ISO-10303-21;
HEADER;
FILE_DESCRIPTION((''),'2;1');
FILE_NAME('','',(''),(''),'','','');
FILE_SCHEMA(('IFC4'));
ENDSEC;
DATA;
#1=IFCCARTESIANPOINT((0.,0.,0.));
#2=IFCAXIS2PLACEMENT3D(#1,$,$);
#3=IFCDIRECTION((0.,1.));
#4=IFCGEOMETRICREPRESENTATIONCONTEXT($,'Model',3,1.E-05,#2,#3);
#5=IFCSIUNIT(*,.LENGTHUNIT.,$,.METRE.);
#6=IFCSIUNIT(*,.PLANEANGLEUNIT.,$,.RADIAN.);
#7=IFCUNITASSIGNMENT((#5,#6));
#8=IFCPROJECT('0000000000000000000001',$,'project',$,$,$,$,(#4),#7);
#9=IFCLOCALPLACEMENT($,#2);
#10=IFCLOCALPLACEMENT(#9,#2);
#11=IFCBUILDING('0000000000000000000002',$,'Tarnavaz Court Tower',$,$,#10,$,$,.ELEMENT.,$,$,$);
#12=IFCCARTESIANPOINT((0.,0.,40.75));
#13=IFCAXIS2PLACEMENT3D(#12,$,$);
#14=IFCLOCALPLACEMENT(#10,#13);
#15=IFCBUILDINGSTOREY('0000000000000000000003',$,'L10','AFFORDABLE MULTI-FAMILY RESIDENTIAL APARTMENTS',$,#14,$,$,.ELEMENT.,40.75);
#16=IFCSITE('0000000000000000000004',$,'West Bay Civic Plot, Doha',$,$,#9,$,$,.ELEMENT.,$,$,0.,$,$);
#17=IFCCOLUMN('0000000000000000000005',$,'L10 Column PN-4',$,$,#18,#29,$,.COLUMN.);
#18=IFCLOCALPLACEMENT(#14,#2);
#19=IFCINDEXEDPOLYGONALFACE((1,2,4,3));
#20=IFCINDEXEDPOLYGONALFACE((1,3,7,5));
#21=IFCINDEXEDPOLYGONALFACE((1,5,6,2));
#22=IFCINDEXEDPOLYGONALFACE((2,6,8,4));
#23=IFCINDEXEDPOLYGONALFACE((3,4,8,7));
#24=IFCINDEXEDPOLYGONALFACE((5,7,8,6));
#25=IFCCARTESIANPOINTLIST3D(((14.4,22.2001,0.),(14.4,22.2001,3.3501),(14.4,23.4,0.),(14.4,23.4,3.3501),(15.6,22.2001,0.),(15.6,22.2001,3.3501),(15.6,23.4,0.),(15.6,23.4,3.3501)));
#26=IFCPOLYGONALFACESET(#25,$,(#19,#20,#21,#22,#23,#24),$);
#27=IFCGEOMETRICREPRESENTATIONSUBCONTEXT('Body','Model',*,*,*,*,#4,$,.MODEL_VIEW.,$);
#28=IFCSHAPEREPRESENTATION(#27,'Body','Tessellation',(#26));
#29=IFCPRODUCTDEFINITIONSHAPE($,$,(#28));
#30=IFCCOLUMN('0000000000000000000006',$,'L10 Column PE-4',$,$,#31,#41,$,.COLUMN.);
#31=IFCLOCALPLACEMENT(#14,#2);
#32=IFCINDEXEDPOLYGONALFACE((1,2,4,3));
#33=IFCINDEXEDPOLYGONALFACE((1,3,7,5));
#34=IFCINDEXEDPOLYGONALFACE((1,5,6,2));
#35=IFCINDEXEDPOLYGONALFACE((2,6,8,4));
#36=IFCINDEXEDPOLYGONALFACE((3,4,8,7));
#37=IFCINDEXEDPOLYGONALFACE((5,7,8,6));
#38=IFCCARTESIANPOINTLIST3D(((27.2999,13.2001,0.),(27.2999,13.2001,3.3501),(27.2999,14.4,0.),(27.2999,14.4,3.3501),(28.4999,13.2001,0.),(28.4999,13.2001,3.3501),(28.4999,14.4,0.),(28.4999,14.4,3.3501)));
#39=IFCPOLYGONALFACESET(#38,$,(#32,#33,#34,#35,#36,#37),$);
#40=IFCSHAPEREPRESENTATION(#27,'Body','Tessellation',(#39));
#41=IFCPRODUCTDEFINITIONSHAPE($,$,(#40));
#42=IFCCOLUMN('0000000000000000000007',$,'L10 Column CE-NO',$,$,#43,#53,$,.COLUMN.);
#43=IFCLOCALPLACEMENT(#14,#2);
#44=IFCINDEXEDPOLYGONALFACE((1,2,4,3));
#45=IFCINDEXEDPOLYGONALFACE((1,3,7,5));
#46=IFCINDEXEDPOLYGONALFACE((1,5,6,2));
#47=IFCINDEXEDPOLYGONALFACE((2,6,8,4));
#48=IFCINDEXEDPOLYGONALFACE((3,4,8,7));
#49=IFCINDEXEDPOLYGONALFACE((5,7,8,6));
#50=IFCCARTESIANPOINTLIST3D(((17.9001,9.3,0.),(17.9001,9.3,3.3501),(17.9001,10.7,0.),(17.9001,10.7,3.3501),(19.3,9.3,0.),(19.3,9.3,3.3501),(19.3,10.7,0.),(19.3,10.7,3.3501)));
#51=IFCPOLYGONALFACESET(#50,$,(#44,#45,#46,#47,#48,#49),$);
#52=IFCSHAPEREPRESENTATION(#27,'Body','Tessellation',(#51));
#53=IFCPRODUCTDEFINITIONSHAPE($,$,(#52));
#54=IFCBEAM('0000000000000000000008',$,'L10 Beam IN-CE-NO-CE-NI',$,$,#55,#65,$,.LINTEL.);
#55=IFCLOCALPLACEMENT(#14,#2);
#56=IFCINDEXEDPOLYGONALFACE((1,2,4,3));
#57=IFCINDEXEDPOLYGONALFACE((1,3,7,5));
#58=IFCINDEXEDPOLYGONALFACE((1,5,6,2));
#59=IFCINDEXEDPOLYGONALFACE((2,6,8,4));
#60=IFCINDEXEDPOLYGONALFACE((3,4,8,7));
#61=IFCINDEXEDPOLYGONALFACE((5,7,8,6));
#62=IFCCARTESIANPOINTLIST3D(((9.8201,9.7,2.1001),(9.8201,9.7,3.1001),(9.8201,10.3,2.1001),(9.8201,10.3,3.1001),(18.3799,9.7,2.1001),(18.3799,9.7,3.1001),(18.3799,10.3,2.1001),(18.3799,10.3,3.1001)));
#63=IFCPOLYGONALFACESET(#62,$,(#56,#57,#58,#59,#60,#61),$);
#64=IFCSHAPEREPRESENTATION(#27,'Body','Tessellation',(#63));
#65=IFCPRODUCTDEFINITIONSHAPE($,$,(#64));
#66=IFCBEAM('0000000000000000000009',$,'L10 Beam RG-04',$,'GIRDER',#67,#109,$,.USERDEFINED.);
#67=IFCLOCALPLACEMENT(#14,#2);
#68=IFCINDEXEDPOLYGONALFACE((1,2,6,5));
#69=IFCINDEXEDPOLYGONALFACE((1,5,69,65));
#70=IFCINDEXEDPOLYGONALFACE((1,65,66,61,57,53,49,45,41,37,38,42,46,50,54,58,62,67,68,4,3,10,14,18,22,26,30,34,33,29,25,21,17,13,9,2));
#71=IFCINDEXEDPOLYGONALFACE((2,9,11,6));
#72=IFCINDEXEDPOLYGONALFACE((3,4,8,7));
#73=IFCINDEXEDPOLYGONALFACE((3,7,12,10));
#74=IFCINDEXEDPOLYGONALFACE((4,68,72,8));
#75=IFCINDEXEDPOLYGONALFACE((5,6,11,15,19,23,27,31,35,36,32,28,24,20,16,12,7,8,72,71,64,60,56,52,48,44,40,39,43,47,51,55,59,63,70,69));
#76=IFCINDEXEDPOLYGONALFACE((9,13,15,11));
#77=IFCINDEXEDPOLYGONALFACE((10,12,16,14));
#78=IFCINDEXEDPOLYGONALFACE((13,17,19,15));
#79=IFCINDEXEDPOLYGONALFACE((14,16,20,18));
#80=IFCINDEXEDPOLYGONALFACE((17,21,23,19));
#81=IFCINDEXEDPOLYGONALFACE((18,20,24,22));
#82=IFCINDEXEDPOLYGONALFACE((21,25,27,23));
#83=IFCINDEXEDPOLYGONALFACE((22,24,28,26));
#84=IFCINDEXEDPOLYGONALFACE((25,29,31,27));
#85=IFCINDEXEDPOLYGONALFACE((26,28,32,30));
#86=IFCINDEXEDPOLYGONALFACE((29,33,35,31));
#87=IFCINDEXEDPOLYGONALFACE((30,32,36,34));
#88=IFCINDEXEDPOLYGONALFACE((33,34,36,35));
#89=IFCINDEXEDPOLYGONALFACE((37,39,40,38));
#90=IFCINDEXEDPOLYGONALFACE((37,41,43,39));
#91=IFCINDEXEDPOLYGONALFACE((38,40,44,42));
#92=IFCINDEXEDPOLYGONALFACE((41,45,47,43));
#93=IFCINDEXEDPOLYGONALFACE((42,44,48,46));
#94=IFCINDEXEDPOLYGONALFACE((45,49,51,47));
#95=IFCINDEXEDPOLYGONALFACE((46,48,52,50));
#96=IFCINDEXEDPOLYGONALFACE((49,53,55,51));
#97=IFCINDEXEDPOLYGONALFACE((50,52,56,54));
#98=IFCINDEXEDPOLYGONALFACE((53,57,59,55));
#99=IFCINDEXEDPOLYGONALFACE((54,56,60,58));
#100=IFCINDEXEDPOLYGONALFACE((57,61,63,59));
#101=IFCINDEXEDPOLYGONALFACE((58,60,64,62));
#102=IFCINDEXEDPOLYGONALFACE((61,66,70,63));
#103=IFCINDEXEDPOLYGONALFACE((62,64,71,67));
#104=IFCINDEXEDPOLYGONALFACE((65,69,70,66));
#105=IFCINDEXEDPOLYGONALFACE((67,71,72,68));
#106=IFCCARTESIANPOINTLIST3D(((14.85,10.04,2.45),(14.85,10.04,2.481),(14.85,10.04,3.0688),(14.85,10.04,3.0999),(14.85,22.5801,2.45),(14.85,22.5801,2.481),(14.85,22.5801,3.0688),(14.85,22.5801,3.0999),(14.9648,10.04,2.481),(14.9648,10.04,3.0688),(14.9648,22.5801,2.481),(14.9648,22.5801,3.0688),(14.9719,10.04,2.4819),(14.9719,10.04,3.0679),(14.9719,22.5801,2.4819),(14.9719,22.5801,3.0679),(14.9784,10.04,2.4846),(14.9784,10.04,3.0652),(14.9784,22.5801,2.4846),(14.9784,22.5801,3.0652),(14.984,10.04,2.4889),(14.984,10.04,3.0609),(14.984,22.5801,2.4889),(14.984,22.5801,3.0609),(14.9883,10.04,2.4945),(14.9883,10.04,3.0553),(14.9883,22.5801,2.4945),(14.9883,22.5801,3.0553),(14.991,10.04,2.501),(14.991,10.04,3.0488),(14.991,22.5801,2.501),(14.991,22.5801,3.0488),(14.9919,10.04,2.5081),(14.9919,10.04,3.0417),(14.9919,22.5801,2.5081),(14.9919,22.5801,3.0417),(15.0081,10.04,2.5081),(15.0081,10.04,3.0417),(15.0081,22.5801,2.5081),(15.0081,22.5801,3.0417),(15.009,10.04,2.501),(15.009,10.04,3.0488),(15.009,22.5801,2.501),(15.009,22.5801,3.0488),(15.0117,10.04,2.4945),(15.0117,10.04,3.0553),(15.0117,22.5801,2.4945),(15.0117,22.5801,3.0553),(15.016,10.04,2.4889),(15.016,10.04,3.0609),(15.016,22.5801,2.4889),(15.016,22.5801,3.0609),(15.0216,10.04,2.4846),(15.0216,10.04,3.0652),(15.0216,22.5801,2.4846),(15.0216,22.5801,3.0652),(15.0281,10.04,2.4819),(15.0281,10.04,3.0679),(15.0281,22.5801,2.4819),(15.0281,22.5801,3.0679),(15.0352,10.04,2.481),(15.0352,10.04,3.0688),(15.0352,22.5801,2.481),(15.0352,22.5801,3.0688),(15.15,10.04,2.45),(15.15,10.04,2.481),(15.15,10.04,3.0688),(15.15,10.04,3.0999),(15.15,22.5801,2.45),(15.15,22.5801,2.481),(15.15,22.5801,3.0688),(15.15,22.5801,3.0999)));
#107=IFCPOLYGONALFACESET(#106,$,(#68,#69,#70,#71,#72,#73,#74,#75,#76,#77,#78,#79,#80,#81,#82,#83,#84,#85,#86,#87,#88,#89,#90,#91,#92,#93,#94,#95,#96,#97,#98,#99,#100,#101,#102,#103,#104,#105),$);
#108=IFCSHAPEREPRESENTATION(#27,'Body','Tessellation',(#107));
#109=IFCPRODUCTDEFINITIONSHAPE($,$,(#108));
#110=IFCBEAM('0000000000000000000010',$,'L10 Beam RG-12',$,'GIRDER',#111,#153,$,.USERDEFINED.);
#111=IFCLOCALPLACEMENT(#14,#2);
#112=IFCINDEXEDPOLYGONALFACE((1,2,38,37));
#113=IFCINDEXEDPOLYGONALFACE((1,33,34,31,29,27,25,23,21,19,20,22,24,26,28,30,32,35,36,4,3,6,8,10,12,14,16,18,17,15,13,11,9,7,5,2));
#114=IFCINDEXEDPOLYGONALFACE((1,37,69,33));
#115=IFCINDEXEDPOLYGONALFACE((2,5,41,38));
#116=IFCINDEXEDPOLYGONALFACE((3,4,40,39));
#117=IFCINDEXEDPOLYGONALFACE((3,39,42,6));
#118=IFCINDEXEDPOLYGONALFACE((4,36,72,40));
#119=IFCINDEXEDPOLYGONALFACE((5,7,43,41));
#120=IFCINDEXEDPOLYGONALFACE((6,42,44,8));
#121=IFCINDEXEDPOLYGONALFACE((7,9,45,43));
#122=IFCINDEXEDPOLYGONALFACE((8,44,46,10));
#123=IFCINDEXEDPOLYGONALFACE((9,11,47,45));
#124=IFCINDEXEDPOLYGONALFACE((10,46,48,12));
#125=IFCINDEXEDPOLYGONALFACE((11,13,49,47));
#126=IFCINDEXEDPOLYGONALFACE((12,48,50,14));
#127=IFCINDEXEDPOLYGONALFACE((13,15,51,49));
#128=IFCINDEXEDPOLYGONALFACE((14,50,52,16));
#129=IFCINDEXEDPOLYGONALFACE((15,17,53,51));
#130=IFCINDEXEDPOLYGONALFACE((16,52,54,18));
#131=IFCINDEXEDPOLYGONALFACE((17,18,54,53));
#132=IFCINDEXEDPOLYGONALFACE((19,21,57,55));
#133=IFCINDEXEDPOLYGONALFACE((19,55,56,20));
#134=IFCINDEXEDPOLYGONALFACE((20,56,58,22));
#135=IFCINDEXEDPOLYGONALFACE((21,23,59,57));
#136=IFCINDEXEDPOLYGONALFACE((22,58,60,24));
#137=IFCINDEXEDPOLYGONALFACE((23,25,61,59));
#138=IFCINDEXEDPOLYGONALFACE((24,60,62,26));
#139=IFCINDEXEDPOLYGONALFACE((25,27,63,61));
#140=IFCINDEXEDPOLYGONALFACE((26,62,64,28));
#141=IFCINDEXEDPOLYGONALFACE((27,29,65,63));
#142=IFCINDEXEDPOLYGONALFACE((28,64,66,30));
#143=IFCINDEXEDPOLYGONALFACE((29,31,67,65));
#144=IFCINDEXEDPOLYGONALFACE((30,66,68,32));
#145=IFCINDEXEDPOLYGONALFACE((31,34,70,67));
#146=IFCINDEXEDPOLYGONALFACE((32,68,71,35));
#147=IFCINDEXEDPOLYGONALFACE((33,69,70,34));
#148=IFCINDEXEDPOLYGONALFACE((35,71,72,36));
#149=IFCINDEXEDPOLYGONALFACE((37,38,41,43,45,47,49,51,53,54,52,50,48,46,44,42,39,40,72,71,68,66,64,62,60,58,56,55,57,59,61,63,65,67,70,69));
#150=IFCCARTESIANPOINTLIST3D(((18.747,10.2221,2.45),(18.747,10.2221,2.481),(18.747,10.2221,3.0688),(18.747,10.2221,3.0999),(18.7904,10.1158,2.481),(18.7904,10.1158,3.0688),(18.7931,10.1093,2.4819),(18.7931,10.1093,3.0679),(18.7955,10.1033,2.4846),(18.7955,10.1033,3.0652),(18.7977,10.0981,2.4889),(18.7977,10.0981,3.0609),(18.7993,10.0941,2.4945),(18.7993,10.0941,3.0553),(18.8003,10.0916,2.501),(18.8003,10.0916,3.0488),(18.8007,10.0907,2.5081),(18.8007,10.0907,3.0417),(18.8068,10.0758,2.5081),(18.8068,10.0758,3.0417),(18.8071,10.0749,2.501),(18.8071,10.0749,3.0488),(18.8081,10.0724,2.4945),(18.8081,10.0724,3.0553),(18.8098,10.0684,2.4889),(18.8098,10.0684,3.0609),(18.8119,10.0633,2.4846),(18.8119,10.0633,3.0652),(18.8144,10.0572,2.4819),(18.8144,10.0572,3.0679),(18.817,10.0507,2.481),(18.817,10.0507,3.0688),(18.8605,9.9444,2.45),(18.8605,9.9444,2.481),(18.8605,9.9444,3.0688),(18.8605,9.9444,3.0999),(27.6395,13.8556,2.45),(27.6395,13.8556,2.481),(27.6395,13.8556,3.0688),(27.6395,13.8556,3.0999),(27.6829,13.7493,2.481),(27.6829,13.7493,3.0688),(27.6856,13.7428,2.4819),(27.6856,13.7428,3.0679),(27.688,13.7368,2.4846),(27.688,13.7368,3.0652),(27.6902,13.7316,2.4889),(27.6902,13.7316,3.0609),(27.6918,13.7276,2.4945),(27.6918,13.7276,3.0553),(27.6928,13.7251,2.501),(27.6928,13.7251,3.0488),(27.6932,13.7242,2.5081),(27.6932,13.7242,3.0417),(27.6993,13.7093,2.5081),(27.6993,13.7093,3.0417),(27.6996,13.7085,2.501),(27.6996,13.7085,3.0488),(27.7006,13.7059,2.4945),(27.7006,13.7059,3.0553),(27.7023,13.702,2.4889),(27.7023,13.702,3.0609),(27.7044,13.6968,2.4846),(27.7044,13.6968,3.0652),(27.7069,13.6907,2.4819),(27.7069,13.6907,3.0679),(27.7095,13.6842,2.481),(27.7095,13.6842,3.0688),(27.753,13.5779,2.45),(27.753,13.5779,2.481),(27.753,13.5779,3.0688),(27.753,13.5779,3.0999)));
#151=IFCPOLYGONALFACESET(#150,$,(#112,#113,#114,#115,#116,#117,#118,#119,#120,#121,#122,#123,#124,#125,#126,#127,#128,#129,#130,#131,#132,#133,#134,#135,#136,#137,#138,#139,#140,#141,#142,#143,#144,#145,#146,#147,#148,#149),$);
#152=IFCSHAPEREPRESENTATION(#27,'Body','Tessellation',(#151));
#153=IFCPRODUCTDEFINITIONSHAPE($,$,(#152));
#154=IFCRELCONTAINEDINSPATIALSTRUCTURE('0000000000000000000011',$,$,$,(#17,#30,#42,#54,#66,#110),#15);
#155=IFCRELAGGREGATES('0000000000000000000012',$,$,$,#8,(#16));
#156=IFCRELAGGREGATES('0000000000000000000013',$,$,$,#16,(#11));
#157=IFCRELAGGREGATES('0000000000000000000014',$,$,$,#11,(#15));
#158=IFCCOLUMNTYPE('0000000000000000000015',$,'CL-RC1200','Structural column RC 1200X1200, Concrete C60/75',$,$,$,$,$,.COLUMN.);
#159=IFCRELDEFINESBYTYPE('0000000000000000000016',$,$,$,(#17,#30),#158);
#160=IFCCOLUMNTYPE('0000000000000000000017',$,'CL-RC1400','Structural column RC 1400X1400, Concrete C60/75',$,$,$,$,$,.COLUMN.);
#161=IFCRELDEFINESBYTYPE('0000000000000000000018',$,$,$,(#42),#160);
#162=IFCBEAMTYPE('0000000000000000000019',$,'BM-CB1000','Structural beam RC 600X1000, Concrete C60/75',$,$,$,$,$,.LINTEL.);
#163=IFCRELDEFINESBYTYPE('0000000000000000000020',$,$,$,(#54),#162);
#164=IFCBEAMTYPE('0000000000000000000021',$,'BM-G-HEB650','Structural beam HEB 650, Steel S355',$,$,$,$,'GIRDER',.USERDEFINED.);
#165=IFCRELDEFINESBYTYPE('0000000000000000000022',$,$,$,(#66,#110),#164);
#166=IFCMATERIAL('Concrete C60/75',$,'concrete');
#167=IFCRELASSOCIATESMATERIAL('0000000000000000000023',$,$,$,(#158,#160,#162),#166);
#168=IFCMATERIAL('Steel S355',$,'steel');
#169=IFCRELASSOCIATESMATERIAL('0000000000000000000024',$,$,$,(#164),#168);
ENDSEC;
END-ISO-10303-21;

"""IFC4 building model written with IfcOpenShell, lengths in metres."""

from ifc_helpers import new_model, si_unit, direction, frame, origin, origin_2d, place, context, subcontext, project, spatial, rectangle, i_section, extrude, material, material_profile, profile_set, type_object, element, save


model = new_model("IFC4")

# Units and contexts
model_context = context("Model", 3, precision=1e-05, world=origin(), true_north=direction((0.0, 1.0)))
body_context = subcontext(model_context, "Body", "Model", "MODEL_VIEW")
ifc_project = project(units=[si_unit("LENGTHUNIT", "METRE"), si_unit("PLANEANGLEUNIT", "RADIAN")], contexts=[model_context])

# Site, building, storey
site_placement = place(None, origin())
site = spatial("IfcSite", under=ifc_project, at=site_placement, Name="West Bay Civic Plot, Doha", CompositionType="ELEMENT", RefElevation=0.0)
building_placement = place(site_placement, origin())
building = spatial("IfcBuilding", under=site, at=building_placement, Name="Tarnavaz Court Tower", CompositionType="ELEMENT")
storey_placement = place(building_placement, frame((0.0, 0.0, 40.75)))
storey = spatial("IfcBuildingStorey", under=building, at=storey_placement, Name="L10", Description="AFFORDABLE MULTI-FAMILY RESIDENTIAL APARTMENTS", CompositionType="ELEMENT", Elevation=40.75)

# Columns
ifc_material_1 = material(Name="Concrete C60/75", Category="concrete")
ifc_material_profile_1 = material_profile(ifc_material_1, rectangle(XDim=1.2, YDim=1.2, at=origin_2d()), Name="RC 1200X1200")
ifc_profile_set_1 = profile_set([ifc_material_profile_1], Name="Concrete C60/75")
column_type_1 = type_object("IfcColumnType", Name="CL-RC1200", Description="Structural column RC 1200X1200, Concrete C60/75", PredefinedType="COLUMN", material=ifc_profile_set_1)
for number, where, z_axis, x_axis, name in (
    (1, (15.0, 22.8, 0.0), (0.0, 0.0, 1.0), (1.0, 0.0, 0.0), "L10 Column PN-4"),
    (2, (27.8999, 13.8, 0.0), (0.0, 0.0, 1.0), (1.0, 0.0, 0.0), "L10 Column PE-4"),
):
    element("IfcColumn", number, at=place(storey_placement, frame(where, z_axis=z_axis, x_axis=x_axis)), inside=storey, type_object=column_type_1, Name=name, PredefinedType="COLUMN", context=body_context, shape_type="SweptSolid", body=[
        extrude(rectangle(XDim=1.2, YDim=1.2, at=origin_2d()), origin(), (0.0, 0.0, 1.0), 3.3501),
    ])
ifc_material_profile_2 = material_profile(ifc_material_1, rectangle(XDim=1.3999, YDim=1.3999, at=origin_2d()), Name="RC 1400X1400")
ifc_profile_set_2 = profile_set([ifc_material_profile_2], Name="Concrete C60/75")
column_type_2 = type_object("IfcColumnType", Name="CL-RC1400", Description="Structural column RC 1400X1400, Concrete C60/75", PredefinedType="COLUMN", material=ifc_profile_set_2)
column_placement = place(storey_placement, frame((18.6001, 10.0, 0.0), z_axis=(0.0, 0.0, 1.0), x_axis=(1.0, 0.0, 0.0)))
element("IfcColumn", 3, at=column_placement, inside=storey, type_object=column_type_2, Name="L10 Column CE-NO", PredefinedType="COLUMN", context=body_context, shape_type="SweptSolid", body=[
    extrude(rectangle(XDim=1.3999, YDim=1.3999, at=origin_2d()), origin(), (0.0, 0.0, 1.0), 3.3501),
])

# Beams
ifc_material_profile_3 = material_profile(ifc_material_1, rectangle(XDim=0.6001, YDim=1.0, at=origin_2d()), Name="RC 600X1000")
ifc_profile_set_3 = profile_set([ifc_material_profile_3], Name="Concrete C60/75")
beam_type_1 = type_object("IfcBeamType", Name="BM-CB1000", Description="Structural beam RC 600X1000, Concrete C60/75", PredefinedType="LINTEL", material=ifc_profile_set_3)
beam_1_placement = place(storey_placement, frame((18.3799, 10.0, 2.6001), z_axis=(-1.0, 0.0, 0.0), x_axis=(0.0, -1.0, 0.0)))
element("IfcBeam", 4, at=beam_1_placement, inside=storey, type_object=beam_type_1, Name="L10 Beam IN-CE-NO-CE-NI", PredefinedType="LINTEL", context=body_context, shape_type="SweptSolid", body=[
    extrude(rectangle(XDim=0.6001, YDim=1.0, at=origin_2d()), origin(), (0.0, 0.0, 1.0), 8.5598),
])
ifc_material_2 = material(Name="Steel S355", Category="steel")
ifc_material_profile_4 = material_profile(ifc_material_2, i_section(OverallWidth=0.3, OverallDepth=0.6499, WebThickness=0.0161, FlangeThickness=0.031, FilletRadius=0.0271, at=origin_2d()), Name="HEB 650")
ifc_profile_set_4 = profile_set([ifc_material_profile_4], Name="Steel S355")
beam_type_2 = type_object("IfcBeamType", Name="BM-G-HEB650", Description="Structural beam HEB 650, Steel S355", ElementType="GIRDER", PredefinedType="USERDEFINED", material=ifc_profile_set_4)
beam_2_placement = place(storey_placement, frame((15.0, 10.04, 2.7749), z_axis=(0.0, 1.0, 0.0), x_axis=(-1.0, 0.0, 0.0)))
element("IfcBeam", 5, at=beam_2_placement, inside=storey, type_object=beam_type_2, Name="L10 Beam RG-04", ObjectType="GIRDER", PredefinedType="USERDEFINED", context=body_context, shape_type="SweptSolid", body=[
    extrude(i_section(OverallWidth=0.3, OverallDepth=0.6499, WebThickness=0.0161, FlangeThickness=0.031, FilletRadius=0.0271, at=origin_2d()), origin(), (0.0, 0.0, 1.0), 12.54),
])
beam_3_placement = place(storey_placement, frame((18.8037, 10.0833, 2.7749), z_axis=(0.925705, 0.378247, 0.0), x_axis=(-0.378247, 0.925705, 0.0)))
element("IfcBeam", 6, at=beam_3_placement, inside=storey, type_object=beam_type_2, Name="L10 Beam RG-12", ObjectType="GIRDER", PredefinedType="USERDEFINED", context=body_context, shape_type="SweptSolid", body=[
    extrude(i_section(OverallWidth=0.3, OverallDepth=0.6499, WebThickness=0.0161, FlangeThickness=0.031, FilletRadius=0.0271, at=origin_2d()), origin(), (0.0, 0.0, 1.0), 9.6062),
])

save(model, "model.ifc")
